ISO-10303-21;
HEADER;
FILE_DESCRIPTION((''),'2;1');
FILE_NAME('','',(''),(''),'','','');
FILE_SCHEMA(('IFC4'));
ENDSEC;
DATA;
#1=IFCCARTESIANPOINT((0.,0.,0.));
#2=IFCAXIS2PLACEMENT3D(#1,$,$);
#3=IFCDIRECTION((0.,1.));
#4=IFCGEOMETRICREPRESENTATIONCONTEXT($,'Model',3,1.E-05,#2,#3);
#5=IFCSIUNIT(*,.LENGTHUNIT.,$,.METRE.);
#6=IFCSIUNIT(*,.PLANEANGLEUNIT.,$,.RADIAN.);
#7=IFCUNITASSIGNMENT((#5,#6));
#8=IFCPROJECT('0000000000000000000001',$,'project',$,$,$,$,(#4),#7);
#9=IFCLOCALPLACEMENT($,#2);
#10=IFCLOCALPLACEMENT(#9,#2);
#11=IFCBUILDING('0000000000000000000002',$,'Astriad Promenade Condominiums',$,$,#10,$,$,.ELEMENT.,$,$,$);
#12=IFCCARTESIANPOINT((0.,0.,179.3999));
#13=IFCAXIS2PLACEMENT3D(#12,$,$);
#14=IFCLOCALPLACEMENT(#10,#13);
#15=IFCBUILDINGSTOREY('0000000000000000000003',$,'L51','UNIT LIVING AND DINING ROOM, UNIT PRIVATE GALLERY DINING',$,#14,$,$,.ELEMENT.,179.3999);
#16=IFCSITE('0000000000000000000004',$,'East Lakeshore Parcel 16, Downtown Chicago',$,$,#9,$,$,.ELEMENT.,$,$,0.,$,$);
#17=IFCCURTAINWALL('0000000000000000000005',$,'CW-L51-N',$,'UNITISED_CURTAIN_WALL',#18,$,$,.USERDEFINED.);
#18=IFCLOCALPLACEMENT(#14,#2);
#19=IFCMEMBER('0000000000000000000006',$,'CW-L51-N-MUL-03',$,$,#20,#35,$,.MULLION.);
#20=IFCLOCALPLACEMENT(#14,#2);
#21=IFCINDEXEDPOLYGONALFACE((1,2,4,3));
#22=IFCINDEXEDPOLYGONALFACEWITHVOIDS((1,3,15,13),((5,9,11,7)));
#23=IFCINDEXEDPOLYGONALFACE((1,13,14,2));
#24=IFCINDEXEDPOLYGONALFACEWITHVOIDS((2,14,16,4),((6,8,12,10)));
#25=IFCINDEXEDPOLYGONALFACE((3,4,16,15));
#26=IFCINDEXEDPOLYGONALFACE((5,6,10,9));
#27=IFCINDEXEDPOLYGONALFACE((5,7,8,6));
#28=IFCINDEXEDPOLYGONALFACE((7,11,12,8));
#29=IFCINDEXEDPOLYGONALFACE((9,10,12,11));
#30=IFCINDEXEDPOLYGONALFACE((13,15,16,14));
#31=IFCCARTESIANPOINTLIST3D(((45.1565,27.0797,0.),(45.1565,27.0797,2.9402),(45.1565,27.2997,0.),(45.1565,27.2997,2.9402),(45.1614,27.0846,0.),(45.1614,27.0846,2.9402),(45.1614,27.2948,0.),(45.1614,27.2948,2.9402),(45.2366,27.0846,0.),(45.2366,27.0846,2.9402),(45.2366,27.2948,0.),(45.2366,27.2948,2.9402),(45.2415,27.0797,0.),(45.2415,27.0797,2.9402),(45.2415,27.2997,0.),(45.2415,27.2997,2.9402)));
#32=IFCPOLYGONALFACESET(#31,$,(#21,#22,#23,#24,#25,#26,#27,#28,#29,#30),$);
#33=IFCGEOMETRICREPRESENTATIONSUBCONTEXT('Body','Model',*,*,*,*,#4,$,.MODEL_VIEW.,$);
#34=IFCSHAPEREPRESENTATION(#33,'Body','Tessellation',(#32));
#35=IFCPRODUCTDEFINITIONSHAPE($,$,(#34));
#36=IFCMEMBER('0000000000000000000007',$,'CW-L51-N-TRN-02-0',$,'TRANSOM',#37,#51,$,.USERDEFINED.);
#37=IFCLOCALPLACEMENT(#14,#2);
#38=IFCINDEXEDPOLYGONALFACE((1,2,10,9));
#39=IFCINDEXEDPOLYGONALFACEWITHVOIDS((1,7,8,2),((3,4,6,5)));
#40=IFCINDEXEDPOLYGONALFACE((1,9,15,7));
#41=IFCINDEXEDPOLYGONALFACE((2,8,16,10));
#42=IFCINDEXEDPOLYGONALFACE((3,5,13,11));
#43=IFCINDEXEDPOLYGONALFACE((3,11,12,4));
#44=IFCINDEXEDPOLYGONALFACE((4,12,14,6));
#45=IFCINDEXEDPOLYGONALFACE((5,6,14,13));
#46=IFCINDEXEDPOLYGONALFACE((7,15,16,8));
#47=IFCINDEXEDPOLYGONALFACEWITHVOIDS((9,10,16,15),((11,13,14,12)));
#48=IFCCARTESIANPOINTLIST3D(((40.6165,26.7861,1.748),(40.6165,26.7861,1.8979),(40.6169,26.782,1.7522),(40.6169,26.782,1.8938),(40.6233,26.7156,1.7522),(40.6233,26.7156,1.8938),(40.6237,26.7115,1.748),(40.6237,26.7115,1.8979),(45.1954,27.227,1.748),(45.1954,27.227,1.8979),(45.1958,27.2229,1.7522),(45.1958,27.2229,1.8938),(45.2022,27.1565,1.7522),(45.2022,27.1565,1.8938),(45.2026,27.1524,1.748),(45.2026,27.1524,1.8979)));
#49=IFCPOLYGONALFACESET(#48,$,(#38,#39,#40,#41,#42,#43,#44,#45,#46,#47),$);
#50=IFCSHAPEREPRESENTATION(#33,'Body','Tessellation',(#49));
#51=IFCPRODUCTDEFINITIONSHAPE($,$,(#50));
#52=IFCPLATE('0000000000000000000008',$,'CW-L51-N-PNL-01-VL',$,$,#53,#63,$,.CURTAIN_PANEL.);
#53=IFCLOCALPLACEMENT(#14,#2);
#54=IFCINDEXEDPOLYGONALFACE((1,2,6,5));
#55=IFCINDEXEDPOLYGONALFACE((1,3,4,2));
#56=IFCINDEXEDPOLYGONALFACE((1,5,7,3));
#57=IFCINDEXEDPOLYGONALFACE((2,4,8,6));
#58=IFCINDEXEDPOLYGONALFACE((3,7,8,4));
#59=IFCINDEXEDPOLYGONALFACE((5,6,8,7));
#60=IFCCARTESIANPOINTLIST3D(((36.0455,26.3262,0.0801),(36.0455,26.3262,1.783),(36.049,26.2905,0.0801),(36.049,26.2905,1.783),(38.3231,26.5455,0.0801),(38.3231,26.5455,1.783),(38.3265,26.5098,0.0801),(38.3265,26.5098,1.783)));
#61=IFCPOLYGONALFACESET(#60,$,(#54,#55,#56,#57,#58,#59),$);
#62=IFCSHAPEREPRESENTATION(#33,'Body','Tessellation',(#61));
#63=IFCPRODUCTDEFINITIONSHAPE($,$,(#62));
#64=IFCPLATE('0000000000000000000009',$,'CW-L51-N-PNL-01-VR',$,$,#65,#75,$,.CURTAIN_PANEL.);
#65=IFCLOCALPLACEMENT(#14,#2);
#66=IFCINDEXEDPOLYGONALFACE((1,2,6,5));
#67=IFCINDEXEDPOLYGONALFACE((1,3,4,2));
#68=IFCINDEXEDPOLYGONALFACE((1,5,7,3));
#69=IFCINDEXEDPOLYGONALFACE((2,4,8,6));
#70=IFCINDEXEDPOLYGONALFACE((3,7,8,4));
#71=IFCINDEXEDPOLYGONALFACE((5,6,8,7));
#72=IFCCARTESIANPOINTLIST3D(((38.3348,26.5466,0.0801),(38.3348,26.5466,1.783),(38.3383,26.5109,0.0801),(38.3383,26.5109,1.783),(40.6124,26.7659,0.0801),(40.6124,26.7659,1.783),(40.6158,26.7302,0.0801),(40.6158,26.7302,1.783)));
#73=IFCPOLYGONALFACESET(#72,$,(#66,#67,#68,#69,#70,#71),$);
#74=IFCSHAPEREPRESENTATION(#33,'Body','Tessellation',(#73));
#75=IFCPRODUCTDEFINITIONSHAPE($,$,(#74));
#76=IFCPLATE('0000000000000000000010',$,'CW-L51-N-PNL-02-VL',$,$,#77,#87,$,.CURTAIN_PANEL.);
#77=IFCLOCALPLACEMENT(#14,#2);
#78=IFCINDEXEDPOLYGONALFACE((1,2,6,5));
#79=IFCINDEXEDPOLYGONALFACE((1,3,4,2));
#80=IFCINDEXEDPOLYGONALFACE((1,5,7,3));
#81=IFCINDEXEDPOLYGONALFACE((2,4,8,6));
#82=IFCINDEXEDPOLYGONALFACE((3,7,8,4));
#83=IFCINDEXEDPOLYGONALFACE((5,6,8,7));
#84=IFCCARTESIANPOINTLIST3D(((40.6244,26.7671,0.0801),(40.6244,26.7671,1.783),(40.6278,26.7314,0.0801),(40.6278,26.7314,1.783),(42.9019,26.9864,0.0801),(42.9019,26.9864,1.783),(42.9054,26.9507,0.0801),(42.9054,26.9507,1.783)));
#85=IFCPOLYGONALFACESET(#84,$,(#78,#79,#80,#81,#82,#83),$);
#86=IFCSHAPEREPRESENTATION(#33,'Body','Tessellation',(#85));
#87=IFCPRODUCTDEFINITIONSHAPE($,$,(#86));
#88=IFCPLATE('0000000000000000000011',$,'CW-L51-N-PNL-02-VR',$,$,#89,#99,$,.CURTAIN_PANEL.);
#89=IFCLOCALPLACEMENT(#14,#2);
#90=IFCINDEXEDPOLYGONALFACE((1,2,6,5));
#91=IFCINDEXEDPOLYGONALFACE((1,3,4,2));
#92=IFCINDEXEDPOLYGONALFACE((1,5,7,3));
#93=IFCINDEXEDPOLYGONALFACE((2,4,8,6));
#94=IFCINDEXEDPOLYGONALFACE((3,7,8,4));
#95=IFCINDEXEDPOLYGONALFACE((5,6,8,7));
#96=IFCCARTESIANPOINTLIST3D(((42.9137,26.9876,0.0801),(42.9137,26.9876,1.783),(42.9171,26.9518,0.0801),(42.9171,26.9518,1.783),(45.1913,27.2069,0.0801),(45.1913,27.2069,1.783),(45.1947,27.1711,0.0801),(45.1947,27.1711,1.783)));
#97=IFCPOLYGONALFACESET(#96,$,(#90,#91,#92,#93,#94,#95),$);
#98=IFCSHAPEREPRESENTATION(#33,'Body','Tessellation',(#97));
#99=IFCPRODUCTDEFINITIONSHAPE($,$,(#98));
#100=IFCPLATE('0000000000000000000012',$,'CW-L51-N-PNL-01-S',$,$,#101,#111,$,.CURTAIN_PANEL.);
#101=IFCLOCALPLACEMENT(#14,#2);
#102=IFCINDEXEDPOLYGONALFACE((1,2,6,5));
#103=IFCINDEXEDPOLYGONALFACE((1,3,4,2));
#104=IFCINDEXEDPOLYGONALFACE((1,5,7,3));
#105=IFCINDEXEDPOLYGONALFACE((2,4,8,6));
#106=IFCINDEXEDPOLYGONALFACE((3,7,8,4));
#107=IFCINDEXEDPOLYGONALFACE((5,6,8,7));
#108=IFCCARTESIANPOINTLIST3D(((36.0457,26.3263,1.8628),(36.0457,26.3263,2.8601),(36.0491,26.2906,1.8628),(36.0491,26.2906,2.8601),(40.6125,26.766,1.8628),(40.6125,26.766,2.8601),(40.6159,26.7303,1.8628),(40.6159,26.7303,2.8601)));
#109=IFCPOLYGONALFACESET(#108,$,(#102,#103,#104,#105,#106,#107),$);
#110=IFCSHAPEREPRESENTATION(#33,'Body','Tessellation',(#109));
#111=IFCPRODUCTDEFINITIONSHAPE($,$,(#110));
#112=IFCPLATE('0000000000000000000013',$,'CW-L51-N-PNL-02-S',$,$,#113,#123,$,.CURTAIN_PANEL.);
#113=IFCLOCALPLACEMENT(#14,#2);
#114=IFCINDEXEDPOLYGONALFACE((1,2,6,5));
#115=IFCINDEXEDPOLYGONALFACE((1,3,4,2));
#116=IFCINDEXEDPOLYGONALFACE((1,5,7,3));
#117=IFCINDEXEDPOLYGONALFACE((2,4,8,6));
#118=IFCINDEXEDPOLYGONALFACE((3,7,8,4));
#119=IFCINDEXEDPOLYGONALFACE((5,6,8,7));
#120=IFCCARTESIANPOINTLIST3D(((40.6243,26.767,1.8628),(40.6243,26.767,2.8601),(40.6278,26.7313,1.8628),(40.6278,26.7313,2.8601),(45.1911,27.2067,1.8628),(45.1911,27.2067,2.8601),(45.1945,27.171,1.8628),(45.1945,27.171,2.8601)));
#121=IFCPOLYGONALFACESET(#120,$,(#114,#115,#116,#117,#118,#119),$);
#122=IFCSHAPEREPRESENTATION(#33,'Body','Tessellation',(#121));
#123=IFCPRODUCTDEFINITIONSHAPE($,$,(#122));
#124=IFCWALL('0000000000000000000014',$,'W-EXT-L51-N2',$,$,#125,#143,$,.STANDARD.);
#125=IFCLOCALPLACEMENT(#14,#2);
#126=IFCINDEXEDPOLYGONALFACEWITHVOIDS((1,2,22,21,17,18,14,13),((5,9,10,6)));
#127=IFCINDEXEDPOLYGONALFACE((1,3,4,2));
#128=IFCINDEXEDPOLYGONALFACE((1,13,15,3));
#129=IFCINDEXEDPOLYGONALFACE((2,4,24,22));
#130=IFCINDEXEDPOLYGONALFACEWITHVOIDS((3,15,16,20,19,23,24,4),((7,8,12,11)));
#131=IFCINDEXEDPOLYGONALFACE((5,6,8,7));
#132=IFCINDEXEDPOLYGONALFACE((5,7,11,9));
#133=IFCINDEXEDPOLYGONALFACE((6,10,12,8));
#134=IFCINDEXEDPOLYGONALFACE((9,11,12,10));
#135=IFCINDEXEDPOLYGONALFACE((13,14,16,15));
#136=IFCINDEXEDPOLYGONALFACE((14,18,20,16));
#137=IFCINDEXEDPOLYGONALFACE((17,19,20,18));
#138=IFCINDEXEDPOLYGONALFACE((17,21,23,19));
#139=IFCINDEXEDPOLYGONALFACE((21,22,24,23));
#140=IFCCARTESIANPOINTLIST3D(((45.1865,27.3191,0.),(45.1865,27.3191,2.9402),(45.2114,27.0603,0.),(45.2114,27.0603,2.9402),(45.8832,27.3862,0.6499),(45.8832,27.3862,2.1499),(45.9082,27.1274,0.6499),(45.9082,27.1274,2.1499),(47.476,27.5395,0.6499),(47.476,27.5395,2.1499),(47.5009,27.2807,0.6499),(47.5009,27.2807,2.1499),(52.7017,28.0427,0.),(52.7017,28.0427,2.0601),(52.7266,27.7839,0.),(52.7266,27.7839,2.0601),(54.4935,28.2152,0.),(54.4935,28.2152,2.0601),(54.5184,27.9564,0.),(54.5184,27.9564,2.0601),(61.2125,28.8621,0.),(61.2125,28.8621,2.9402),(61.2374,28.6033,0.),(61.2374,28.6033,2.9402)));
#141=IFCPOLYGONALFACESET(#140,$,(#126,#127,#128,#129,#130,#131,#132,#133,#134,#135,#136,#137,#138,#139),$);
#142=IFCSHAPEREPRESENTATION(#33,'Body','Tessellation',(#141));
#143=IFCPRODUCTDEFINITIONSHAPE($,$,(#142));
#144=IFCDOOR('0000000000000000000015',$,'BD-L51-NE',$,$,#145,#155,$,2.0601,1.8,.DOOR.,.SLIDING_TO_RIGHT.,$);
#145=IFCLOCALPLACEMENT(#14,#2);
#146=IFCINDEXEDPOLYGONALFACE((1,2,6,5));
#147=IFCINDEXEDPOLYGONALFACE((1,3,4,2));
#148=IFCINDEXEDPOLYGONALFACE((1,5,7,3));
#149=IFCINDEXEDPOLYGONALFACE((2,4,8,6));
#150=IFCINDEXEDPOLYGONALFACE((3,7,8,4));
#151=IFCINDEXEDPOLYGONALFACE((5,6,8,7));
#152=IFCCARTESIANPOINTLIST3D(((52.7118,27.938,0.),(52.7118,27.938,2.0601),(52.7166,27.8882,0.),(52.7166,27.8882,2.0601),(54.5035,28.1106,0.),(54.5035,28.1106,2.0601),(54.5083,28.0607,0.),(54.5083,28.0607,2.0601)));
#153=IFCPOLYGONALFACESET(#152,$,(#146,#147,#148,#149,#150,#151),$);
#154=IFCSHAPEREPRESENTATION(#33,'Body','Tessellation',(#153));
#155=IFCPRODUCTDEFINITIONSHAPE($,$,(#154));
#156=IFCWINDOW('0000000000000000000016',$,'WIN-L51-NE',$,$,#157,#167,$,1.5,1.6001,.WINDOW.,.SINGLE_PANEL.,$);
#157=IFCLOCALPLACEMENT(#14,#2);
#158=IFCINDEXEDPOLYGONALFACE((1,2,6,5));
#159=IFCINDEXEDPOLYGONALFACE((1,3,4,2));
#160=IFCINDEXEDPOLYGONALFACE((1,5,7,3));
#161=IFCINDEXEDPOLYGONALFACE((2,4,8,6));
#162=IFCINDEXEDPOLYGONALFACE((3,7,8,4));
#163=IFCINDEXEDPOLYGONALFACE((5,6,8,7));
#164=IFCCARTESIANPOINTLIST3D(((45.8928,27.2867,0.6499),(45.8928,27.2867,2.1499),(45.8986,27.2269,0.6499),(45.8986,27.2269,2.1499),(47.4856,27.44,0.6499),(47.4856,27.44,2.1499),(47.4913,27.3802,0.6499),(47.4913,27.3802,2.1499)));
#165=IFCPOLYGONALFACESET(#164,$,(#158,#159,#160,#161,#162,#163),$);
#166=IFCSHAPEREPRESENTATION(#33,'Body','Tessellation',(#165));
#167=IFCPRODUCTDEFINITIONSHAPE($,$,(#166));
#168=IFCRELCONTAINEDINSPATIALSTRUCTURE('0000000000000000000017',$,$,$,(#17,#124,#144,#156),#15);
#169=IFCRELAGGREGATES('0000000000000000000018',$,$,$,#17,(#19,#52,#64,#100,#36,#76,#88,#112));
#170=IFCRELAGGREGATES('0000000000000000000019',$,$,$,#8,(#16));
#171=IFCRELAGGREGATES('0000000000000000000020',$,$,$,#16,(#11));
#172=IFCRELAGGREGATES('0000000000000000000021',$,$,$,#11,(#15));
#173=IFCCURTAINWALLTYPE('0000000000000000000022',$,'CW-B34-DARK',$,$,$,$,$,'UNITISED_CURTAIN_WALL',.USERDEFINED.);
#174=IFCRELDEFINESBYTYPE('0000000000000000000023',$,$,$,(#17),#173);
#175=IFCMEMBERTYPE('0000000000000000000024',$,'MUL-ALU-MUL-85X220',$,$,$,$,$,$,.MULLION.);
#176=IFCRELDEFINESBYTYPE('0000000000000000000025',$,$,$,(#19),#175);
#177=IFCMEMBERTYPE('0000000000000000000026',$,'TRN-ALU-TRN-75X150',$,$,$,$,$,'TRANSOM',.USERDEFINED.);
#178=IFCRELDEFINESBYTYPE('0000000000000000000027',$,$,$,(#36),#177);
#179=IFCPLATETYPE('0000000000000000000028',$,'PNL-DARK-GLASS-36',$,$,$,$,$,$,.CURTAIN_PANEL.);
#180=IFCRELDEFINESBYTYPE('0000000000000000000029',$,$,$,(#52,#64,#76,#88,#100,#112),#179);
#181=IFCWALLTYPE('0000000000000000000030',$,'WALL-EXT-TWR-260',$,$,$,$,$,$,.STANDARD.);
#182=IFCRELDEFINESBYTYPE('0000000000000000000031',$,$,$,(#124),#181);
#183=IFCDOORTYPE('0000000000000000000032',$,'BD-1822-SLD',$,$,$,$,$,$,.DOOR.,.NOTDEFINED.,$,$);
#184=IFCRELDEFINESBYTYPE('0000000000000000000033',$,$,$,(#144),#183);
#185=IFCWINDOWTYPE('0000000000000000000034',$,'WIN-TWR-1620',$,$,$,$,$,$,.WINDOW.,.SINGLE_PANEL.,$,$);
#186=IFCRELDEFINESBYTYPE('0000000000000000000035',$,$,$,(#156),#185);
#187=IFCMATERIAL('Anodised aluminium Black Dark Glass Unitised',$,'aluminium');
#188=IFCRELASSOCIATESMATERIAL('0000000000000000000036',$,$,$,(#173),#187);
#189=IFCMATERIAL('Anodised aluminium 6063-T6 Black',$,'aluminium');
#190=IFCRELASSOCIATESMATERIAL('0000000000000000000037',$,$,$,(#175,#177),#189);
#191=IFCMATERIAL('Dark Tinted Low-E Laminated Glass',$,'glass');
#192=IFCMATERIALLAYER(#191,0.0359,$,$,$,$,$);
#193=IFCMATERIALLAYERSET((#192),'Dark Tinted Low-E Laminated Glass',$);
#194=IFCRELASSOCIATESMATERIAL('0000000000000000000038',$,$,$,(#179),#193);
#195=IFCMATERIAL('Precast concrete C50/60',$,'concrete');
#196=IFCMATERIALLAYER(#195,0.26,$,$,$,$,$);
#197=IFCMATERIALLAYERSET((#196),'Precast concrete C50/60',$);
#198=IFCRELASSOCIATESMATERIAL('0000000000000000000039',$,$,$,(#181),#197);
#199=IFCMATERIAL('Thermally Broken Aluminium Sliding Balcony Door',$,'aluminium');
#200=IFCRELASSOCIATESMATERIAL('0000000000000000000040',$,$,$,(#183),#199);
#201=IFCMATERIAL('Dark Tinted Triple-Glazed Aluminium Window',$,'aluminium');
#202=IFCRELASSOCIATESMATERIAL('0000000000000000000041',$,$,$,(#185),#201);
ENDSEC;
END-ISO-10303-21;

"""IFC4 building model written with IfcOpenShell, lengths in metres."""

from ifc_helpers import new_model, si_unit, direction, frame, frame_2d, origin, origin_2d, place, context, subcontext, project, spatial, rectangle, hollow_rectangle, extrude, source, transform, mapped, material, layer, layer_set, material_profile, profile_set, type_object, type_shapes, element, fill, aggregate, save


model = new_model("IFC4")

# Units and contexts
model_context = context("Model", 3, precision=1e-05, world=origin(), true_north=direction((0.0, 1.0)))
body_context = subcontext(model_context, "Body", "Model", "MODEL_VIEW")
ifc_project = project(units=[si_unit("LENGTHUNIT", "METRE"), si_unit("PLANEANGLEUNIT", "RADIAN")], contexts=[model_context])

# Site, building, storey
site_placement = place(None, origin())
site = spatial("IfcSite", under=ifc_project, at=site_placement, Name="East Lakeshore Parcel 16, Downtown Chicago", CompositionType="ELEMENT", RefElevation=0.0)
building_placement = place(site_placement, origin())
building = spatial("IfcBuilding", under=site, at=building_placement, Name="Astriad Promenade Condominiums", CompositionType="ELEMENT")
storey_placement = place(building_placement, frame((0.0, 0.0, 179.3999)))
storey = spatial("IfcBuildingStorey", under=building, at=storey_placement, Name="L51", Description="UNIT LIVING AND DINING ROOM, UNIT PRIVATE GALLERY DINING", CompositionType="ELEMENT", Elevation=179.3999)

# Curtain wall, members, plates
ifc_material_1 = material(Name="Anodised aluminium Black Dark Glass Unitised", Category="aluminium")
curtain_wall_type = type_object("IfcCurtainWallType", Name="CW-B34-DARK", ElementType="UNITISED_CURTAIN_WALL", PredefinedType="USERDEFINED", material=ifc_material_1)
curtain_wall_placement = place(storey_placement, origin())
curtain_wall = element("IfcCurtainWall", 1, at=curtain_wall_placement, inside=storey, type_object=curtain_wall_type, Name="CW-L51-N", ObjectType="UNITISED_CURTAIN_WALL", PredefinedType="USERDEFINED")
ifc_material_2 = material(Name="Anodised aluminium 6063-T6 Black", Category="aluminium")
ifc_material_profile_1 = material_profile(ifc_material_2, hollow_rectangle(XDim=0.085, YDim=0.22, WallThickness=0.0049, at=origin_2d()), Name="ALU-MUL-85X220")
ifc_profile_set_1 = profile_set([ifc_material_profile_1], Name="Anodised aluminium 6063-T6 Black")
member_type_1 = type_object("IfcMemberType", Name="MUL-ALU-MUL-85X220", PredefinedType="MULLION", material=ifc_profile_set_1)
shared_shape_1 = source(origin(), body_context, "Body", "SweptSolid", [
    extrude(hollow_rectangle(XDim=0.085, YDim=0.22, WallThickness=0.0049, at=origin_2d()), origin(), (0.0, 0.0, 1.0), 2.9402),
])
type_shapes(member_type_1, [shared_shape_1])
member_1_placement = place(storey_placement, frame((45.199, 27.1897, 0.0), z_axis=(0.0, 0.0, 1.0), x_axis=(1.0, 0.0, 0.0)))
member_1 = element("IfcMember", 2, at=member_1_placement, type_object=member_type_1, Name="CW-L51-N-MUL-03", PredefinedType="MULLION", context=body_context, shape_type="MappedRepresentation", body=[
    mapped(shared_shape_1, transform((0.0, 0.0, 0.0), scale=1.0)),
])
ifc_material_profile_2 = material_profile(ifc_material_2, hollow_rectangle(XDim=0.075, YDim=0.1499, WallThickness=0.0042, at=origin_2d()), Name="ALU-TRN-75X150")
ifc_profile_set_2 = profile_set([ifc_material_profile_2], Name="Anodised aluminium 6063-T6 Black")
member_type_2 = type_object("IfcMemberType", Name="TRN-ALU-TRN-75X150", ElementType="TRANSOM", PredefinedType="USERDEFINED", material=ifc_profile_set_2)
shared_shape_2 = source(origin(), body_context, "Body", "SweptSolid", [
    extrude(hollow_rectangle(XDim=0.075, YDim=0.1499, WallThickness=0.0042, at=origin_2d()), origin(), (0.0, 0.0, 1.0), 4.6001),
])
type_shapes(member_type_2, [shared_shape_2])
member_2_placement = place(storey_placement, frame((40.6201, 26.7488, 1.823), z_axis=(0.995396, 0.095851, 0.0), x_axis=(-0.095851, 0.995396, 0.0)))
member_2 = element("IfcMember", 3, at=member_2_placement, type_object=member_type_2, Name="CW-L51-N-TRN-02-0", ObjectType="TRANSOM", PredefinedType="USERDEFINED", context=body_context, shape_type="MappedRepresentation", body=[
    mapped(shared_shape_2, transform((0.0, 0.0, 0.0), scale=1.0)),
])
ifc_material_3 = material(Name="Dark Tinted Low-E Laminated Glass", Category="glass")
ifc_layer_1 = layer(ifc_material_3, 0.0359)
ifc_layer_set_1 = layer_set([ifc_layer_1], Name="Dark Tinted Low-E Laminated Glass")
plate_type = type_object("IfcPlateType", Name="PNL-DARK-GLASS-36", PredefinedType="CURTAIN_PANEL", material=ifc_layer_set_1)
shared_shape_3 = source(origin(), body_context, "Body", "SweptSolid", [
    extrude(rectangle(XDim=2.2881, YDim=0.0359, at=origin_2d()), origin(), (0.0, 0.0, 1.0), 1.7029),
])
plate_1_placement = place(storey_placement, frame((37.186, 26.418, 0.0801), z_axis=(0.0, 0.0, 1.0), x_axis=(0.995396, 0.095846, 0.0)))
plate_1 = element("IfcPlate", 4, at=plate_1_placement, type_object=plate_type, Name="CW-L51-N-PNL-01-VL", PredefinedType="CURTAIN_PANEL", context=body_context, shape_type="MappedRepresentation", body=[
    mapped(shared_shape_3, transform((0.0, 0.0, 0.0), scale=1.0)),
])
plate_2_placement = place(storey_placement, frame((39.4753, 26.6384, 0.0801), z_axis=(0.0, 0.0, 1.0), x_axis=(0.995396, 0.095846, 0.0)))
plate_2 = element("IfcPlate", 5, at=plate_2_placement, type_object=plate_type, Name="CW-L51-N-PNL-01-VR", PredefinedType="CURTAIN_PANEL", context=body_context, shape_type="MappedRepresentation", body=[
    mapped(shared_shape_3, transform((0.0, 0.0, 0.0), scale=1.0)),
])
plate_3_placement = place(storey_placement, frame((41.7649, 26.8589, 0.0801), z_axis=(0.0, 0.0, 1.0), x_axis=(0.995396, 0.095846, 0.0)))
plate_3 = element("IfcPlate", 6, at=plate_3_placement, type_object=plate_type, Name="CW-L51-N-PNL-02-VL", PredefinedType="CURTAIN_PANEL", context=body_context, shape_type="MappedRepresentation", body=[
    mapped(shared_shape_3, transform((0.0, 0.0, 0.0), scale=1.0)),
])
plate_4_placement = place(storey_placement, frame((44.0542, 27.0793, 0.0801), z_axis=(0.0, 0.0, 1.0), x_axis=(0.995396, 0.095846, 0.0)))
plate_4 = element("IfcPlate", 7, at=plate_4_placement, type_object=plate_type, Name="CW-L51-N-PNL-02-VR", PredefinedType="CURTAIN_PANEL", context=body_context, shape_type="MappedRepresentation", body=[
    mapped(shared_shape_3, transform((0.0, 0.0, 0.0), scale=1.0)),
])
shared_shape_4 = source(origin(), body_context, "Body", "SweptSolid", [
    extrude(rectangle(XDim=4.5879, YDim=0.0359, at=origin_2d()), origin(), (0.0, 0.0, 1.0), 0.9973),
])
type_shapes(plate_type, [shared_shape_3, shared_shape_4])
plate_5_placement = place(storey_placement, frame((38.3308, 26.5283, 1.8628), z_axis=(0.0, 0.0, 1.0), x_axis=(0.995396, 0.095846, 0.0)))
plate_5 = element("IfcPlate", 8, at=plate_5_placement, type_object=plate_type, Name="CW-L51-N-PNL-01-S", PredefinedType="CURTAIN_PANEL", context=body_context, shape_type="MappedRepresentation", body=[
    mapped(shared_shape_4, transform((0.0, 0.0, 0.0), scale=1.0)),
])
plate_6_placement = place(storey_placement, frame((42.9094, 26.969, 1.8628), z_axis=(0.0, 0.0, 1.0), x_axis=(0.995396, 0.095846, 0.0)))
plate_6 = element("IfcPlate", 9, at=plate_6_placement, type_object=plate_type, Name="CW-L51-N-PNL-02-S", PredefinedType="CURTAIN_PANEL", context=body_context, shape_type="MappedRepresentation", body=[
    mapped(shared_shape_4, transform((0.0, 0.0, 0.0), scale=1.0)),
])
aggregate(curtain_wall, [member_1, plate_1, plate_2, plate_5, member_2, plate_3, plate_4, plate_6])

# Wall, openings, door, window
ifc_material_4 = material(Name="Precast concrete C50/60", Category="concrete")
ifc_layer_2 = layer(ifc_material_4, 0.26)
ifc_layer_set_2 = layer_set([ifc_layer_2], Name="Precast concrete C50/60")
wall_type_1 = type_object("IfcWallType", Name="WALL-EXT-TWR-260", PredefinedType="STANDARD", material=ifc_layer_set_2)
wall_1_placement = place(storey_placement, frame((45.199, 27.1897, 0.0), z_axis=(0.0, 0.0, 1.0), x_axis=(0.995397, 0.095837, 0.0)))
wall_1 = element("IfcWall", 10, at=wall_1_placement, inside=storey, type_object=wall_type_1, Name="W-EXT-L51-N2", PredefinedType="STANDARD", context=body_context, shape_type="SweptSolid", body=[
    extrude(rectangle(XDim=16.1001, YDim=0.26, at=frame_2d((8.05, 0.0))), origin(), (0.0, 0.0, 1.0), 2.9402),
])
opening_1_placement = place(wall_1_placement, frame((7.55, 0.0, 0.0)))
opening_1 = element("IfcOpeningElement", 11, at=opening_1_placement, cuts=wall_1, PredefinedType="OPENING", context=body_context, shape_type="SweptSolid", body=[
    extrude(rectangle(XDim=1.8, YDim=2.0601, at=frame_2d((0.8999, 1.03))), frame((0.0, 0.1399, 0.0), z_axis=(0.0, -1.0, 0.0), x_axis=(1.0, 0.0, 0.0)), (0.0, 0.0, 1.0), 0.28),
])
opening_2_placement = place(wall_1_placement, frame((0.7, 0.0, 0.6499)))
opening_2 = element("IfcOpeningElement", 12, at=opening_2_placement, cuts=wall_1, PredefinedType="OPENING", context=body_context, shape_type="SweptSolid", body=[
    extrude(rectangle(XDim=1.6001, YDim=1.5, at=frame_2d((0.8, 0.75))), frame((0.0, 0.1399, 0.0), z_axis=(0.0, -1.0, 0.0), x_axis=(1.0, 0.0, 0.0)), (0.0, 0.0, 1.0), 0.28),
])
ifc_material_5 = material(Name="Thermally Broken Aluminium Sliding Balcony Door", Category="aluminium")
door_type_1 = type_object("IfcDoorType", Name="BD-1822-SLD", OperationType="NOTDEFINED", PredefinedType="DOOR", material=ifc_material_5)
shared_shape_5 = source(origin(), body_context, "Body", "SweptSolid", [
    extrude(rectangle(XDim=1.8, YDim=2.0601, at=frame_2d((0.8999, 1.03))), frame((0.0, 0.0249, 0.0), z_axis=(0.0, -1.0, 0.0), x_axis=(1.0, 0.0, 0.0)), (0.0, 0.0, 1.0), 0.05),
])
type_shapes(door_type_1, [shared_shape_5])
door_1_placement = place(opening_1_placement, origin())
door_1 = element("IfcDoor", 13, at=door_1_placement, inside=storey, type_object=door_type_1, Name="BD-L51-NE", OperationType="SLIDING_TO_RIGHT", OverallHeight=2.0601, OverallWidth=1.8, PredefinedType="DOOR", context=body_context, shape_type="MappedRepresentation", body=[
    mapped(shared_shape_5, transform((0.0, 0.0, 0.0), scale=1.0)),
])
fill(opening_1, door_1)
ifc_material_6 = material(Name="Dark Tinted Triple-Glazed Aluminium Window", Category="aluminium")
window_type = type_object("IfcWindowType", Name="WIN-TWR-1620", PartitioningType="SINGLE_PANEL", PredefinedType="WINDOW", material=ifc_material_6)
shared_shape_6 = source(origin(), body_context, "Body", "SweptSolid", [
    extrude(rectangle(XDim=1.6001, YDim=1.5, at=frame_2d((0.8, 0.75))), frame((0.0, 0.03, 0.0), z_axis=(0.0, -1.0, 0.0), x_axis=(1.0, 0.0, 0.0)), (0.0, 0.0, 1.0), 0.0601),
])
type_shapes(window_type, [shared_shape_6])
window_placement = place(opening_2_placement, origin())
window = element("IfcWindow", 14, at=window_placement, inside=storey, type_object=window_type, Name="WIN-L51-NE", OverallHeight=1.5, OverallWidth=1.6001, PartitioningType="SINGLE_PANEL", PredefinedType="WINDOW", context=body_context, shape_type="MappedRepresentation", body=[
    mapped(shared_shape_6, transform((0.0, 0.0, 0.0), scale=1.0)),
])
fill(opening_2, window)

save(model, "model.ifc")
